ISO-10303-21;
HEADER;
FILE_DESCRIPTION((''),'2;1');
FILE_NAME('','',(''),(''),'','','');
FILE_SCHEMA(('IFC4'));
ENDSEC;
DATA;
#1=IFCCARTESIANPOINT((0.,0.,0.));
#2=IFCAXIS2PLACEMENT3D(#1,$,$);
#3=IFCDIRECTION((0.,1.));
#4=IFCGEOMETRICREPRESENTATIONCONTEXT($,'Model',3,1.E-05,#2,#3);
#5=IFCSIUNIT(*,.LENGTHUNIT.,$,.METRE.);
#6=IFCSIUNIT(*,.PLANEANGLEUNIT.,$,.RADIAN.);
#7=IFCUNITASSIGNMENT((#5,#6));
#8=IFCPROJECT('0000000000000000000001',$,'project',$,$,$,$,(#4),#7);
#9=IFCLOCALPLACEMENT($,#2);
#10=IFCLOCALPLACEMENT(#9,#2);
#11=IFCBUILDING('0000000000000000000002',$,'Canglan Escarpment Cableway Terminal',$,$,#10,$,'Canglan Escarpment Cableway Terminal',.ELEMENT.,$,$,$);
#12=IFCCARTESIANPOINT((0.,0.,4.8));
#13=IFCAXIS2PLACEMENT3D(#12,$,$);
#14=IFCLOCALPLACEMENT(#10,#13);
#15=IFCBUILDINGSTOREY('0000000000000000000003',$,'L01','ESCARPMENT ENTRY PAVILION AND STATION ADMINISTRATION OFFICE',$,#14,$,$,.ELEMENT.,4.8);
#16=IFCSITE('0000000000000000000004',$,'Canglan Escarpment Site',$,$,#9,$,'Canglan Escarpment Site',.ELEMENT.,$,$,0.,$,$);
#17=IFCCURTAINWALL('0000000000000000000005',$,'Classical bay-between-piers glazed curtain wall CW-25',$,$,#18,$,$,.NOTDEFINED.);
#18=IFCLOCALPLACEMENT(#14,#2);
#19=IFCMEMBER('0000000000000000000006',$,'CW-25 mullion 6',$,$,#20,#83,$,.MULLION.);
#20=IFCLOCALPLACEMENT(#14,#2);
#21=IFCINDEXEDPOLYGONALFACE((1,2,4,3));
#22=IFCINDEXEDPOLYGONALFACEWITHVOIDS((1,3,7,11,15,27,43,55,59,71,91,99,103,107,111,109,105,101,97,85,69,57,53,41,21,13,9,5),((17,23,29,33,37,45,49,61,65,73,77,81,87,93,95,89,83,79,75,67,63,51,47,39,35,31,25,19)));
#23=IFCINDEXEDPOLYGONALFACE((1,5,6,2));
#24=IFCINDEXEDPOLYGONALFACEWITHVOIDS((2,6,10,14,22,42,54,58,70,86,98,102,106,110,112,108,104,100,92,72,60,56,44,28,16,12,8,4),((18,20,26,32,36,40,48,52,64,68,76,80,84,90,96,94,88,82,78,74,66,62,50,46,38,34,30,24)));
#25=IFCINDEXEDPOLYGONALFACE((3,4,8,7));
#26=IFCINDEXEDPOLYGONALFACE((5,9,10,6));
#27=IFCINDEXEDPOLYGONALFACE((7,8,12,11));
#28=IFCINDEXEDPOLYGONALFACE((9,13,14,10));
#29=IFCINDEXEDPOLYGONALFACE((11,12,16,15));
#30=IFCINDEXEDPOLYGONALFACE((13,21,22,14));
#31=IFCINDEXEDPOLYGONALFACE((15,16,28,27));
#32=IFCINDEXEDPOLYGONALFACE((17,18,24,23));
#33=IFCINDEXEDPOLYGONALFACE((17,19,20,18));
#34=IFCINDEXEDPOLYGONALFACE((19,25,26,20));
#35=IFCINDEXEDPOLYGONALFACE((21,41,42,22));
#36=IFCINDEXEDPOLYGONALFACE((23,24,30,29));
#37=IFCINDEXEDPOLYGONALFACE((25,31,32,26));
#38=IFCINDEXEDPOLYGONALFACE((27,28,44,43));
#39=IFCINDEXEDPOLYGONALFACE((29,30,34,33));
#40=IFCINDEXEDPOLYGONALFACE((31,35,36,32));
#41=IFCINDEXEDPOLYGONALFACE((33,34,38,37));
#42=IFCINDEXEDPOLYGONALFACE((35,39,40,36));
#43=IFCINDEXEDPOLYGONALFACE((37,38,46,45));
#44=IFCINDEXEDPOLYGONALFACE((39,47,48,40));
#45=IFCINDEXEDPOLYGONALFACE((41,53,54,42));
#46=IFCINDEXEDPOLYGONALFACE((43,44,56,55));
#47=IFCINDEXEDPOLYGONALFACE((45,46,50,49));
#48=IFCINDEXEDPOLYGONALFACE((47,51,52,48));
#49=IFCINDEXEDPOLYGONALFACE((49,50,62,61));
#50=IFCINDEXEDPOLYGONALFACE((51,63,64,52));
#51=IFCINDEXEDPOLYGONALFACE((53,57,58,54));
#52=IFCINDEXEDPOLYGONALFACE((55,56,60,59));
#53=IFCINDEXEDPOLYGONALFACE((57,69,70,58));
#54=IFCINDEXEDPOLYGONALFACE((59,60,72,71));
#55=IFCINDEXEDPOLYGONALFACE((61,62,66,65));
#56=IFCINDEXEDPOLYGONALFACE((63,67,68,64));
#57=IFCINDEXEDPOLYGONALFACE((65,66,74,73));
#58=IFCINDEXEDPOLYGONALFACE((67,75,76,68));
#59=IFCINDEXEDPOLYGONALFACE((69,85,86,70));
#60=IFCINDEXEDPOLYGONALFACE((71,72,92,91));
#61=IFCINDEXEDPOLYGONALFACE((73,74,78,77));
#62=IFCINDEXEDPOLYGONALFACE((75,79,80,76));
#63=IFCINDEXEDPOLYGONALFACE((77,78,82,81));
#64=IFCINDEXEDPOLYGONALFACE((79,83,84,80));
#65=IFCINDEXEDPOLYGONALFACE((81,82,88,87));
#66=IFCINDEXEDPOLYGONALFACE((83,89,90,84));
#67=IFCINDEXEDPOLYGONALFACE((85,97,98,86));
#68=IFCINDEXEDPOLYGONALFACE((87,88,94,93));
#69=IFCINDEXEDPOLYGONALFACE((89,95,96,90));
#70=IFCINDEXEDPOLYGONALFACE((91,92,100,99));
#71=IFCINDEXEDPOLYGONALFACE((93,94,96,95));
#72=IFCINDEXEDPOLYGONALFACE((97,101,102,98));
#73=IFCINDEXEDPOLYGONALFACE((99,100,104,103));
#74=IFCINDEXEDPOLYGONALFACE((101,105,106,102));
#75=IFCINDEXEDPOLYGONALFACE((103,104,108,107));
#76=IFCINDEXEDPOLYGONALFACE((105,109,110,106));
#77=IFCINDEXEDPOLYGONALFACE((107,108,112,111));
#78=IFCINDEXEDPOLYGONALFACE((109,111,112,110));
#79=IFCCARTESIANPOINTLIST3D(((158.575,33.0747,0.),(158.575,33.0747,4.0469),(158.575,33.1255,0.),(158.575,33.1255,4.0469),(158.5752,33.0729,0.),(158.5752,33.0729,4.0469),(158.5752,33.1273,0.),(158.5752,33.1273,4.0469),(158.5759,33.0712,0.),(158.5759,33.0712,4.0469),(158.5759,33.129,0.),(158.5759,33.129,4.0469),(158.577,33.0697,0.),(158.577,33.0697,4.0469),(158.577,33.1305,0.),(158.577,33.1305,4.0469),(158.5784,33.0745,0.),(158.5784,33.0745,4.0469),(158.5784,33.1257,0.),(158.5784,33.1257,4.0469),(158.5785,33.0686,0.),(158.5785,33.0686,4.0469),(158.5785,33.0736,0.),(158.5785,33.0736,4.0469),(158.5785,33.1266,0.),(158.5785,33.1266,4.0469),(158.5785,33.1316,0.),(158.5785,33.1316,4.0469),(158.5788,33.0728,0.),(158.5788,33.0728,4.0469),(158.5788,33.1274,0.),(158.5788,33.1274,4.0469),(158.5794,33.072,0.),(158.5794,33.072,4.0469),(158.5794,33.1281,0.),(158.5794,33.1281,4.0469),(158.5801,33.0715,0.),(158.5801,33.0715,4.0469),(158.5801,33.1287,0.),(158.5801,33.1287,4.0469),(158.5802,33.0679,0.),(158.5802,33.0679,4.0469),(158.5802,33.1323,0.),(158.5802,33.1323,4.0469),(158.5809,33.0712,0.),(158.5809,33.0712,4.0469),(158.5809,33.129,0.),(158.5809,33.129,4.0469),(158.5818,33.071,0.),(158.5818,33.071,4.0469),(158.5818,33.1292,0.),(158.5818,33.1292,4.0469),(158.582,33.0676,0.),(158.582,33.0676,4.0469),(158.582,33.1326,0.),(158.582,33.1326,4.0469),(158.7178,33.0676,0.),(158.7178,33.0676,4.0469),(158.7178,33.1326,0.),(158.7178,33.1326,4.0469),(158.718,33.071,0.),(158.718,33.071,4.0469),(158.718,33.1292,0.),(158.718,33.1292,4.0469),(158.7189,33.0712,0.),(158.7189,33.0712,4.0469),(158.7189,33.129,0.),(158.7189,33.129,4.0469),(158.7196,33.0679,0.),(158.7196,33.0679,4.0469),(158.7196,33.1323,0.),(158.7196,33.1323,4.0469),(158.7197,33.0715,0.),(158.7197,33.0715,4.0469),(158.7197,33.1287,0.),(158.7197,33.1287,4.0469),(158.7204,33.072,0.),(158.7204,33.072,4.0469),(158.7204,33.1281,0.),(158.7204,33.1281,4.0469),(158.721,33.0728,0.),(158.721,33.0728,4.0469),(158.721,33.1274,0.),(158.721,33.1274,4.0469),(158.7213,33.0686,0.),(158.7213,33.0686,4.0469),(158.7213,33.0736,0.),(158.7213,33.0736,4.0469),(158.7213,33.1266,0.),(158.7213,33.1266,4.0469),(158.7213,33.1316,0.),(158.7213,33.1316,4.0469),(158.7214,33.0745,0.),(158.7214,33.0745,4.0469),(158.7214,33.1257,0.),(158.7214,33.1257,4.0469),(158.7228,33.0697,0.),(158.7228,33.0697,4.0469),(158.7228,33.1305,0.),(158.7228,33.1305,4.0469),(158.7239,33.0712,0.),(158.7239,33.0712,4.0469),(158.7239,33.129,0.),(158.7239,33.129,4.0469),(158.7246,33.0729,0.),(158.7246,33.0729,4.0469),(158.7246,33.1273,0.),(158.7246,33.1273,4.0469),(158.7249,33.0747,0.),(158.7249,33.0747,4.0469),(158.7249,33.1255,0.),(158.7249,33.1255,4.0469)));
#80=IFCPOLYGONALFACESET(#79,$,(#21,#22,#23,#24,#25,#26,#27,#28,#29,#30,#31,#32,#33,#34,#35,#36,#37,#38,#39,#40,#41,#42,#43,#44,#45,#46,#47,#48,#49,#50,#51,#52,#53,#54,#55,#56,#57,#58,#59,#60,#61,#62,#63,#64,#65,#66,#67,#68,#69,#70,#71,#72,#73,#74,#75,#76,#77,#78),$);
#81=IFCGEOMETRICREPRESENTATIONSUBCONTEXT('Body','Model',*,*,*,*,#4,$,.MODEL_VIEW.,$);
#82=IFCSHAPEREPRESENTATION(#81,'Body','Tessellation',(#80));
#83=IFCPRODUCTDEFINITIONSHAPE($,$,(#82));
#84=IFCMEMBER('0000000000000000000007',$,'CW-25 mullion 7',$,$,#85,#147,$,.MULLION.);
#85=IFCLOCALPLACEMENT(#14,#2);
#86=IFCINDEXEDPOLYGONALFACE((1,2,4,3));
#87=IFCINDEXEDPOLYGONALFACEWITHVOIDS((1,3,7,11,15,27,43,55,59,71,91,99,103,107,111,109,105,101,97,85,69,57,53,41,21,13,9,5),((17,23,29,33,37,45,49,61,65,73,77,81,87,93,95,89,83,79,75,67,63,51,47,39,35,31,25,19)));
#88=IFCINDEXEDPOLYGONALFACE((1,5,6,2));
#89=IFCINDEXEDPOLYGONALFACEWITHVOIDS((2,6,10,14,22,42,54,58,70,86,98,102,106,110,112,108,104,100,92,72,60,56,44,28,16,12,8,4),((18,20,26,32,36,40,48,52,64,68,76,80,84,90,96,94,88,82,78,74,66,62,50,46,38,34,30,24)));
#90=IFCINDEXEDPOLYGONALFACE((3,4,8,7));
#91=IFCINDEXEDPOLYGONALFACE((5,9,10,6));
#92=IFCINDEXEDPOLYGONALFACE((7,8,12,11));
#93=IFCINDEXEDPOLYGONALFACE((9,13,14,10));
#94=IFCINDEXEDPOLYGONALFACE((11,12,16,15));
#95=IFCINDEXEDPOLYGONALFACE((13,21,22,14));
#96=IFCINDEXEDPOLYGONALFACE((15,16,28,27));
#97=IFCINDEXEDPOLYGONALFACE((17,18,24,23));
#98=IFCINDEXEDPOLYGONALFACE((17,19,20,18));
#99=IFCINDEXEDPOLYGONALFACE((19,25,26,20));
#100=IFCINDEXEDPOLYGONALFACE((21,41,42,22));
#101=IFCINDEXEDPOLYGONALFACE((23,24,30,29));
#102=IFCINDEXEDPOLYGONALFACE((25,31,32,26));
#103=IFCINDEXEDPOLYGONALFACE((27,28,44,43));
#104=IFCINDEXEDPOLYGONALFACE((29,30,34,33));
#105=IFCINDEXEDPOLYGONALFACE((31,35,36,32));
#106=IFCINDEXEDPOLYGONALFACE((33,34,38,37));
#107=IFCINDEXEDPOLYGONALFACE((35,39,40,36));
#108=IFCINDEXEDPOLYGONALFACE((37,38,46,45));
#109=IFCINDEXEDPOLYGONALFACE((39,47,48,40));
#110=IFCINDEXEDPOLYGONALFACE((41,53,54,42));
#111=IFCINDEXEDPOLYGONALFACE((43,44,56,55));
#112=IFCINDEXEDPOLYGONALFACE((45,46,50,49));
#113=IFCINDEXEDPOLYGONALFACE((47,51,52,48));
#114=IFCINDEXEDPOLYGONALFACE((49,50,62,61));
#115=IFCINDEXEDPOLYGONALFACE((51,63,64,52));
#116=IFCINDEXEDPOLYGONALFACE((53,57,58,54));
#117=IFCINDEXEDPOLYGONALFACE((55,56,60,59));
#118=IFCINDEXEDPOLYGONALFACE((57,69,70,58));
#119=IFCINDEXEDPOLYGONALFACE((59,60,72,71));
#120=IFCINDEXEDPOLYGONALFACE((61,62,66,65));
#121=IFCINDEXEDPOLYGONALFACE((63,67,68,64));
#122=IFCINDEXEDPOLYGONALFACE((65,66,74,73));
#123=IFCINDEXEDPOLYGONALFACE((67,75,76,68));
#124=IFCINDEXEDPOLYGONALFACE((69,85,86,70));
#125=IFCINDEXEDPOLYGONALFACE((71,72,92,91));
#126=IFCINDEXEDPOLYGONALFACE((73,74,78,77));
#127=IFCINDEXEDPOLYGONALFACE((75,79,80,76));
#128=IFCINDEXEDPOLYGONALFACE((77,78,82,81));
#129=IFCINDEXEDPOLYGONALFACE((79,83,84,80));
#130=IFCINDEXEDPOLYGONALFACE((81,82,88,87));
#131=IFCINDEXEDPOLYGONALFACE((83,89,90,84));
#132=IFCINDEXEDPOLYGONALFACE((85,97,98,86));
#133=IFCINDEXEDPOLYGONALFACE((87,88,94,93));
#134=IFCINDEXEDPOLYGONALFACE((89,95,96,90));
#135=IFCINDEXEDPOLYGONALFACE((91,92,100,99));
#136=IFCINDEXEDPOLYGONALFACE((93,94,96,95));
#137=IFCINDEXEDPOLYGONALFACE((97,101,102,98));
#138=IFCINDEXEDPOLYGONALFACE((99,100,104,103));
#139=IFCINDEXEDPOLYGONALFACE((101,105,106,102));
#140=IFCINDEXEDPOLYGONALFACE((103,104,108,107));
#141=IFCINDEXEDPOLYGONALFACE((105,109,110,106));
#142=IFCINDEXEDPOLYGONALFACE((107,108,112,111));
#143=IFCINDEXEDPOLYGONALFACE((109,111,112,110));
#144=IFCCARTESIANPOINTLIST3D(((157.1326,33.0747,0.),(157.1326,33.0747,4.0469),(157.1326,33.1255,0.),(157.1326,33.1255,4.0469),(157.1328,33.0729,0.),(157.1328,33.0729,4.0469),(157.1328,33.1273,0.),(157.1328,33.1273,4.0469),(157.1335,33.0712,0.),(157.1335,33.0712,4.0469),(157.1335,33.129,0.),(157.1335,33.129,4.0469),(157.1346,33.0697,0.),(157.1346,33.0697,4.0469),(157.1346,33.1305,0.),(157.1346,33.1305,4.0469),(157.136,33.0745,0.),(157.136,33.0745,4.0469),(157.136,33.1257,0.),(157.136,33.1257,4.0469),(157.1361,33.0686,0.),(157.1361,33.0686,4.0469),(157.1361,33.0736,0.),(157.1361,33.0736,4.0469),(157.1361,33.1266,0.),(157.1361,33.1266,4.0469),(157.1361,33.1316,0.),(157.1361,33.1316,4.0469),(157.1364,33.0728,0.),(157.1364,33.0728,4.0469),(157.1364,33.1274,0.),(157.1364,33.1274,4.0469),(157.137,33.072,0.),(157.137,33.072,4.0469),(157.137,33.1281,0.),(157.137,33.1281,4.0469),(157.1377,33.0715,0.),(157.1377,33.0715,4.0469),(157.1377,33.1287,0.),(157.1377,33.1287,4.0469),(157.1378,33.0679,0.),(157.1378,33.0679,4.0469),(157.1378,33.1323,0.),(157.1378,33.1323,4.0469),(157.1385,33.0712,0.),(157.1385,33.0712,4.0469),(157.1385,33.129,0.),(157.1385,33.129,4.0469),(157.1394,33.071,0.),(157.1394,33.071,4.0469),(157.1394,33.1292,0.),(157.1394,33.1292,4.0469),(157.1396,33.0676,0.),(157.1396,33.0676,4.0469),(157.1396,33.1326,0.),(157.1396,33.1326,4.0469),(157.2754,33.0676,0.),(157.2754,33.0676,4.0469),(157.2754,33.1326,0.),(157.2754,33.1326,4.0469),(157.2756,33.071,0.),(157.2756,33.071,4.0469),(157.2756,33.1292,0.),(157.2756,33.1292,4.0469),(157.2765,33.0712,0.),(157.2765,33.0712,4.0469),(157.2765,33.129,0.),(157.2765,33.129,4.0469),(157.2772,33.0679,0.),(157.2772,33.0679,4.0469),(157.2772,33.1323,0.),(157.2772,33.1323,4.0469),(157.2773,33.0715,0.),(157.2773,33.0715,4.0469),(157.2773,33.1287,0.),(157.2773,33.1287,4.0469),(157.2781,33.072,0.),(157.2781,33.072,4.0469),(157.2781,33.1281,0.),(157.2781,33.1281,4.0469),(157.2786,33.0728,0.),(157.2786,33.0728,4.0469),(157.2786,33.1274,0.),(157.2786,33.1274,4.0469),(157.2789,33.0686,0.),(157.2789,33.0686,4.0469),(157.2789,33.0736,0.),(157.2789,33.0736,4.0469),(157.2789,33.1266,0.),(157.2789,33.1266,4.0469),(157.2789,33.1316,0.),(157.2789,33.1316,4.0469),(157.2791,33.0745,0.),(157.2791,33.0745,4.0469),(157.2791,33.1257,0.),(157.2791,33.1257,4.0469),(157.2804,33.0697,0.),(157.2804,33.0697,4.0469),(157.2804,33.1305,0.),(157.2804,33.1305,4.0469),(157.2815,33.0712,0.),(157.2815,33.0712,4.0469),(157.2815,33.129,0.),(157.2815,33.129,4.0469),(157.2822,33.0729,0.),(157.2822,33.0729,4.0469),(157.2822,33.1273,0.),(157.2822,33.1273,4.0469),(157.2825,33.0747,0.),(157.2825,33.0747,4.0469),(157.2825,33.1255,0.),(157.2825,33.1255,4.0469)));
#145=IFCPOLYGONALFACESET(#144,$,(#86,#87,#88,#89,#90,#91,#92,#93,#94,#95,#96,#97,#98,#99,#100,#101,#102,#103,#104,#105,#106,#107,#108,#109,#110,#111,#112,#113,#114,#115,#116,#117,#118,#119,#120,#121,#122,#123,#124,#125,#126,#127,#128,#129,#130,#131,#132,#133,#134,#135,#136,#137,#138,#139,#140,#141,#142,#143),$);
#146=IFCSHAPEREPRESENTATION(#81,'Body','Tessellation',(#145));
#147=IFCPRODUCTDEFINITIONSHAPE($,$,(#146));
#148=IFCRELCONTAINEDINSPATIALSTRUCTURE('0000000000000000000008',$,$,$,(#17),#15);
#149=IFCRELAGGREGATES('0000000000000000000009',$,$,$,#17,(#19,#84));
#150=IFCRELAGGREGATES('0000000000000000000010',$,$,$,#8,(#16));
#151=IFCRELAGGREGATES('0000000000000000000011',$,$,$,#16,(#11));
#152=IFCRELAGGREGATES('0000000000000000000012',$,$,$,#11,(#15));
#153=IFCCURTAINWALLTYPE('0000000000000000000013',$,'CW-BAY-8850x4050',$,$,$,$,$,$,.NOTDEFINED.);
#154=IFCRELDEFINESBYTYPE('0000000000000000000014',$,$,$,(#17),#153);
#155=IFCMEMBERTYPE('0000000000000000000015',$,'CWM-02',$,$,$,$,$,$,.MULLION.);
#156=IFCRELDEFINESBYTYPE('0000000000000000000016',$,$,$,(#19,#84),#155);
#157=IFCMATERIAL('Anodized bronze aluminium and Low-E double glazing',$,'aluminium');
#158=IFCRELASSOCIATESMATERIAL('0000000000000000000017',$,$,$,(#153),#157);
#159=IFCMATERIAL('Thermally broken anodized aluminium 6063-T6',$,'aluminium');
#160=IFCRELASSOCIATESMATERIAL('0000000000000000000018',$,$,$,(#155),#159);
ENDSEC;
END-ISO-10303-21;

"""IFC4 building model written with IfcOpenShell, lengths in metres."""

from ifc_helpers import new_model, si_unit, direction, frame, origin, origin_2d, place, context, subcontext, project, spatial, hollow_rectangle, extrude, material, material_profile, profile_set, type_object, element, aggregate, save


model = new_model("IFC4")

# Units and contexts
model_context = context("Model", 3, precision=1e-05, world=origin(), true_north=direction((0.0, 1.0)))
body_context = subcontext(model_context, "Body", "Model", "MODEL_VIEW")
ifc_project = project(units=[si_unit("LENGTHUNIT", "METRE"), si_unit("PLANEANGLEUNIT", "RADIAN")], contexts=[model_context])

# Site, building, storey
site_placement = place(None, origin())
site = spatial("IfcSite", under=ifc_project, at=site_placement, Name="Canglan Escarpment Site", LongName="Canglan Escarpment Site", CompositionType="ELEMENT", RefElevation=0.0)
building_placement = place(site_placement, origin())
building = spatial("IfcBuilding", under=site, at=building_placement, Name="Canglan Escarpment Cableway Terminal", LongName="Canglan Escarpment Cableway Terminal", CompositionType="ELEMENT")
storey_placement = place(building_placement, frame((0.0, 0.0, 4.8)))
storey = spatial("IfcBuildingStorey", under=building, at=storey_placement, Name="L01", Description="ESCARPMENT ENTRY PAVILION AND STATION ADMINISTRATION OFFICE", CompositionType="ELEMENT", Elevation=4.8)

# Curtain wall, members
ifc_material_1 = material(Name="Anodized bronze aluminium and Low-E double glazing", Category="aluminium")
curtain_wall_type = type_object("IfcCurtainWallType", Name="CW-BAY-8850x4050", PredefinedType="NOTDEFINED", material=ifc_material_1)
curtain_wall_placement = place(storey_placement, origin())
curtain_wall = element("IfcCurtainWall", 1, at=curtain_wall_placement, inside=storey, type_object=curtain_wall_type, Name="Classical bay-between-piers glazed curtain wall CW-25", PredefinedType="NOTDEFINED")
ifc_material_2 = material(Name="Thermally broken anodized aluminium 6063-T6", Category="aluminium")
ifc_material_profile_1 = material_profile(ifc_material_2, hollow_rectangle(XDim=0.0649, YDim=0.1499, WallThickness=0.0034, InnerFilletRadius=0.0034, OuterFilletRadius=0.0071, at=origin_2d()), Name="ALU-MULL 65x150x3.5")
ifc_profile_set_1 = profile_set([ifc_material_profile_1], Name="Thermally broken anodized aluminium 6063-T6")
member_type_1 = type_object("IfcMemberType", Name="CWM-02", PredefinedType="MULLION", material=ifc_profile_set_1)
member_1_placement = place(storey_placement, frame((158.6499, 33.1001, 0.0), z_axis=(0.0, 0.0, 1.0), x_axis=(0.0, -1.0, 0.0)))
member_1 = element("IfcMember", 2, at=member_1_placement, type_object=member_type_1, Name="CW-25 mullion 6", PredefinedType="MULLION", context=body_context, shape_type="SweptSolid", body=[
    extrude(hollow_rectangle(XDim=0.0649, YDim=0.1499, WallThickness=0.0034, InnerFilletRadius=0.0034, OuterFilletRadius=0.0071, at=origin_2d()), origin(), (0.0, 0.0, 1.0), 4.0469),
])
member_2_placement = place(storey_placement, frame((157.2075, 33.1001, 0.0), z_axis=(0.0, 0.0, 1.0), x_axis=(0.0, -1.0, 0.0)))
member_2 = element("IfcMember", 3, at=member_2_placement, type_object=member_type_1, Name="CW-25 mullion 7", PredefinedType="MULLION", context=body_context, shape_type="SweptSolid", body=[
    extrude(hollow_rectangle(XDim=0.0649, YDim=0.1499, WallThickness=0.0034, InnerFilletRadius=0.0034, OuterFilletRadius=0.0071, at=origin_2d()), origin(), (0.0, 0.0, 1.0), 4.0469),
])
aggregate(curtain_wall, [member_1, member_2])

save(model, "model.ifc")
